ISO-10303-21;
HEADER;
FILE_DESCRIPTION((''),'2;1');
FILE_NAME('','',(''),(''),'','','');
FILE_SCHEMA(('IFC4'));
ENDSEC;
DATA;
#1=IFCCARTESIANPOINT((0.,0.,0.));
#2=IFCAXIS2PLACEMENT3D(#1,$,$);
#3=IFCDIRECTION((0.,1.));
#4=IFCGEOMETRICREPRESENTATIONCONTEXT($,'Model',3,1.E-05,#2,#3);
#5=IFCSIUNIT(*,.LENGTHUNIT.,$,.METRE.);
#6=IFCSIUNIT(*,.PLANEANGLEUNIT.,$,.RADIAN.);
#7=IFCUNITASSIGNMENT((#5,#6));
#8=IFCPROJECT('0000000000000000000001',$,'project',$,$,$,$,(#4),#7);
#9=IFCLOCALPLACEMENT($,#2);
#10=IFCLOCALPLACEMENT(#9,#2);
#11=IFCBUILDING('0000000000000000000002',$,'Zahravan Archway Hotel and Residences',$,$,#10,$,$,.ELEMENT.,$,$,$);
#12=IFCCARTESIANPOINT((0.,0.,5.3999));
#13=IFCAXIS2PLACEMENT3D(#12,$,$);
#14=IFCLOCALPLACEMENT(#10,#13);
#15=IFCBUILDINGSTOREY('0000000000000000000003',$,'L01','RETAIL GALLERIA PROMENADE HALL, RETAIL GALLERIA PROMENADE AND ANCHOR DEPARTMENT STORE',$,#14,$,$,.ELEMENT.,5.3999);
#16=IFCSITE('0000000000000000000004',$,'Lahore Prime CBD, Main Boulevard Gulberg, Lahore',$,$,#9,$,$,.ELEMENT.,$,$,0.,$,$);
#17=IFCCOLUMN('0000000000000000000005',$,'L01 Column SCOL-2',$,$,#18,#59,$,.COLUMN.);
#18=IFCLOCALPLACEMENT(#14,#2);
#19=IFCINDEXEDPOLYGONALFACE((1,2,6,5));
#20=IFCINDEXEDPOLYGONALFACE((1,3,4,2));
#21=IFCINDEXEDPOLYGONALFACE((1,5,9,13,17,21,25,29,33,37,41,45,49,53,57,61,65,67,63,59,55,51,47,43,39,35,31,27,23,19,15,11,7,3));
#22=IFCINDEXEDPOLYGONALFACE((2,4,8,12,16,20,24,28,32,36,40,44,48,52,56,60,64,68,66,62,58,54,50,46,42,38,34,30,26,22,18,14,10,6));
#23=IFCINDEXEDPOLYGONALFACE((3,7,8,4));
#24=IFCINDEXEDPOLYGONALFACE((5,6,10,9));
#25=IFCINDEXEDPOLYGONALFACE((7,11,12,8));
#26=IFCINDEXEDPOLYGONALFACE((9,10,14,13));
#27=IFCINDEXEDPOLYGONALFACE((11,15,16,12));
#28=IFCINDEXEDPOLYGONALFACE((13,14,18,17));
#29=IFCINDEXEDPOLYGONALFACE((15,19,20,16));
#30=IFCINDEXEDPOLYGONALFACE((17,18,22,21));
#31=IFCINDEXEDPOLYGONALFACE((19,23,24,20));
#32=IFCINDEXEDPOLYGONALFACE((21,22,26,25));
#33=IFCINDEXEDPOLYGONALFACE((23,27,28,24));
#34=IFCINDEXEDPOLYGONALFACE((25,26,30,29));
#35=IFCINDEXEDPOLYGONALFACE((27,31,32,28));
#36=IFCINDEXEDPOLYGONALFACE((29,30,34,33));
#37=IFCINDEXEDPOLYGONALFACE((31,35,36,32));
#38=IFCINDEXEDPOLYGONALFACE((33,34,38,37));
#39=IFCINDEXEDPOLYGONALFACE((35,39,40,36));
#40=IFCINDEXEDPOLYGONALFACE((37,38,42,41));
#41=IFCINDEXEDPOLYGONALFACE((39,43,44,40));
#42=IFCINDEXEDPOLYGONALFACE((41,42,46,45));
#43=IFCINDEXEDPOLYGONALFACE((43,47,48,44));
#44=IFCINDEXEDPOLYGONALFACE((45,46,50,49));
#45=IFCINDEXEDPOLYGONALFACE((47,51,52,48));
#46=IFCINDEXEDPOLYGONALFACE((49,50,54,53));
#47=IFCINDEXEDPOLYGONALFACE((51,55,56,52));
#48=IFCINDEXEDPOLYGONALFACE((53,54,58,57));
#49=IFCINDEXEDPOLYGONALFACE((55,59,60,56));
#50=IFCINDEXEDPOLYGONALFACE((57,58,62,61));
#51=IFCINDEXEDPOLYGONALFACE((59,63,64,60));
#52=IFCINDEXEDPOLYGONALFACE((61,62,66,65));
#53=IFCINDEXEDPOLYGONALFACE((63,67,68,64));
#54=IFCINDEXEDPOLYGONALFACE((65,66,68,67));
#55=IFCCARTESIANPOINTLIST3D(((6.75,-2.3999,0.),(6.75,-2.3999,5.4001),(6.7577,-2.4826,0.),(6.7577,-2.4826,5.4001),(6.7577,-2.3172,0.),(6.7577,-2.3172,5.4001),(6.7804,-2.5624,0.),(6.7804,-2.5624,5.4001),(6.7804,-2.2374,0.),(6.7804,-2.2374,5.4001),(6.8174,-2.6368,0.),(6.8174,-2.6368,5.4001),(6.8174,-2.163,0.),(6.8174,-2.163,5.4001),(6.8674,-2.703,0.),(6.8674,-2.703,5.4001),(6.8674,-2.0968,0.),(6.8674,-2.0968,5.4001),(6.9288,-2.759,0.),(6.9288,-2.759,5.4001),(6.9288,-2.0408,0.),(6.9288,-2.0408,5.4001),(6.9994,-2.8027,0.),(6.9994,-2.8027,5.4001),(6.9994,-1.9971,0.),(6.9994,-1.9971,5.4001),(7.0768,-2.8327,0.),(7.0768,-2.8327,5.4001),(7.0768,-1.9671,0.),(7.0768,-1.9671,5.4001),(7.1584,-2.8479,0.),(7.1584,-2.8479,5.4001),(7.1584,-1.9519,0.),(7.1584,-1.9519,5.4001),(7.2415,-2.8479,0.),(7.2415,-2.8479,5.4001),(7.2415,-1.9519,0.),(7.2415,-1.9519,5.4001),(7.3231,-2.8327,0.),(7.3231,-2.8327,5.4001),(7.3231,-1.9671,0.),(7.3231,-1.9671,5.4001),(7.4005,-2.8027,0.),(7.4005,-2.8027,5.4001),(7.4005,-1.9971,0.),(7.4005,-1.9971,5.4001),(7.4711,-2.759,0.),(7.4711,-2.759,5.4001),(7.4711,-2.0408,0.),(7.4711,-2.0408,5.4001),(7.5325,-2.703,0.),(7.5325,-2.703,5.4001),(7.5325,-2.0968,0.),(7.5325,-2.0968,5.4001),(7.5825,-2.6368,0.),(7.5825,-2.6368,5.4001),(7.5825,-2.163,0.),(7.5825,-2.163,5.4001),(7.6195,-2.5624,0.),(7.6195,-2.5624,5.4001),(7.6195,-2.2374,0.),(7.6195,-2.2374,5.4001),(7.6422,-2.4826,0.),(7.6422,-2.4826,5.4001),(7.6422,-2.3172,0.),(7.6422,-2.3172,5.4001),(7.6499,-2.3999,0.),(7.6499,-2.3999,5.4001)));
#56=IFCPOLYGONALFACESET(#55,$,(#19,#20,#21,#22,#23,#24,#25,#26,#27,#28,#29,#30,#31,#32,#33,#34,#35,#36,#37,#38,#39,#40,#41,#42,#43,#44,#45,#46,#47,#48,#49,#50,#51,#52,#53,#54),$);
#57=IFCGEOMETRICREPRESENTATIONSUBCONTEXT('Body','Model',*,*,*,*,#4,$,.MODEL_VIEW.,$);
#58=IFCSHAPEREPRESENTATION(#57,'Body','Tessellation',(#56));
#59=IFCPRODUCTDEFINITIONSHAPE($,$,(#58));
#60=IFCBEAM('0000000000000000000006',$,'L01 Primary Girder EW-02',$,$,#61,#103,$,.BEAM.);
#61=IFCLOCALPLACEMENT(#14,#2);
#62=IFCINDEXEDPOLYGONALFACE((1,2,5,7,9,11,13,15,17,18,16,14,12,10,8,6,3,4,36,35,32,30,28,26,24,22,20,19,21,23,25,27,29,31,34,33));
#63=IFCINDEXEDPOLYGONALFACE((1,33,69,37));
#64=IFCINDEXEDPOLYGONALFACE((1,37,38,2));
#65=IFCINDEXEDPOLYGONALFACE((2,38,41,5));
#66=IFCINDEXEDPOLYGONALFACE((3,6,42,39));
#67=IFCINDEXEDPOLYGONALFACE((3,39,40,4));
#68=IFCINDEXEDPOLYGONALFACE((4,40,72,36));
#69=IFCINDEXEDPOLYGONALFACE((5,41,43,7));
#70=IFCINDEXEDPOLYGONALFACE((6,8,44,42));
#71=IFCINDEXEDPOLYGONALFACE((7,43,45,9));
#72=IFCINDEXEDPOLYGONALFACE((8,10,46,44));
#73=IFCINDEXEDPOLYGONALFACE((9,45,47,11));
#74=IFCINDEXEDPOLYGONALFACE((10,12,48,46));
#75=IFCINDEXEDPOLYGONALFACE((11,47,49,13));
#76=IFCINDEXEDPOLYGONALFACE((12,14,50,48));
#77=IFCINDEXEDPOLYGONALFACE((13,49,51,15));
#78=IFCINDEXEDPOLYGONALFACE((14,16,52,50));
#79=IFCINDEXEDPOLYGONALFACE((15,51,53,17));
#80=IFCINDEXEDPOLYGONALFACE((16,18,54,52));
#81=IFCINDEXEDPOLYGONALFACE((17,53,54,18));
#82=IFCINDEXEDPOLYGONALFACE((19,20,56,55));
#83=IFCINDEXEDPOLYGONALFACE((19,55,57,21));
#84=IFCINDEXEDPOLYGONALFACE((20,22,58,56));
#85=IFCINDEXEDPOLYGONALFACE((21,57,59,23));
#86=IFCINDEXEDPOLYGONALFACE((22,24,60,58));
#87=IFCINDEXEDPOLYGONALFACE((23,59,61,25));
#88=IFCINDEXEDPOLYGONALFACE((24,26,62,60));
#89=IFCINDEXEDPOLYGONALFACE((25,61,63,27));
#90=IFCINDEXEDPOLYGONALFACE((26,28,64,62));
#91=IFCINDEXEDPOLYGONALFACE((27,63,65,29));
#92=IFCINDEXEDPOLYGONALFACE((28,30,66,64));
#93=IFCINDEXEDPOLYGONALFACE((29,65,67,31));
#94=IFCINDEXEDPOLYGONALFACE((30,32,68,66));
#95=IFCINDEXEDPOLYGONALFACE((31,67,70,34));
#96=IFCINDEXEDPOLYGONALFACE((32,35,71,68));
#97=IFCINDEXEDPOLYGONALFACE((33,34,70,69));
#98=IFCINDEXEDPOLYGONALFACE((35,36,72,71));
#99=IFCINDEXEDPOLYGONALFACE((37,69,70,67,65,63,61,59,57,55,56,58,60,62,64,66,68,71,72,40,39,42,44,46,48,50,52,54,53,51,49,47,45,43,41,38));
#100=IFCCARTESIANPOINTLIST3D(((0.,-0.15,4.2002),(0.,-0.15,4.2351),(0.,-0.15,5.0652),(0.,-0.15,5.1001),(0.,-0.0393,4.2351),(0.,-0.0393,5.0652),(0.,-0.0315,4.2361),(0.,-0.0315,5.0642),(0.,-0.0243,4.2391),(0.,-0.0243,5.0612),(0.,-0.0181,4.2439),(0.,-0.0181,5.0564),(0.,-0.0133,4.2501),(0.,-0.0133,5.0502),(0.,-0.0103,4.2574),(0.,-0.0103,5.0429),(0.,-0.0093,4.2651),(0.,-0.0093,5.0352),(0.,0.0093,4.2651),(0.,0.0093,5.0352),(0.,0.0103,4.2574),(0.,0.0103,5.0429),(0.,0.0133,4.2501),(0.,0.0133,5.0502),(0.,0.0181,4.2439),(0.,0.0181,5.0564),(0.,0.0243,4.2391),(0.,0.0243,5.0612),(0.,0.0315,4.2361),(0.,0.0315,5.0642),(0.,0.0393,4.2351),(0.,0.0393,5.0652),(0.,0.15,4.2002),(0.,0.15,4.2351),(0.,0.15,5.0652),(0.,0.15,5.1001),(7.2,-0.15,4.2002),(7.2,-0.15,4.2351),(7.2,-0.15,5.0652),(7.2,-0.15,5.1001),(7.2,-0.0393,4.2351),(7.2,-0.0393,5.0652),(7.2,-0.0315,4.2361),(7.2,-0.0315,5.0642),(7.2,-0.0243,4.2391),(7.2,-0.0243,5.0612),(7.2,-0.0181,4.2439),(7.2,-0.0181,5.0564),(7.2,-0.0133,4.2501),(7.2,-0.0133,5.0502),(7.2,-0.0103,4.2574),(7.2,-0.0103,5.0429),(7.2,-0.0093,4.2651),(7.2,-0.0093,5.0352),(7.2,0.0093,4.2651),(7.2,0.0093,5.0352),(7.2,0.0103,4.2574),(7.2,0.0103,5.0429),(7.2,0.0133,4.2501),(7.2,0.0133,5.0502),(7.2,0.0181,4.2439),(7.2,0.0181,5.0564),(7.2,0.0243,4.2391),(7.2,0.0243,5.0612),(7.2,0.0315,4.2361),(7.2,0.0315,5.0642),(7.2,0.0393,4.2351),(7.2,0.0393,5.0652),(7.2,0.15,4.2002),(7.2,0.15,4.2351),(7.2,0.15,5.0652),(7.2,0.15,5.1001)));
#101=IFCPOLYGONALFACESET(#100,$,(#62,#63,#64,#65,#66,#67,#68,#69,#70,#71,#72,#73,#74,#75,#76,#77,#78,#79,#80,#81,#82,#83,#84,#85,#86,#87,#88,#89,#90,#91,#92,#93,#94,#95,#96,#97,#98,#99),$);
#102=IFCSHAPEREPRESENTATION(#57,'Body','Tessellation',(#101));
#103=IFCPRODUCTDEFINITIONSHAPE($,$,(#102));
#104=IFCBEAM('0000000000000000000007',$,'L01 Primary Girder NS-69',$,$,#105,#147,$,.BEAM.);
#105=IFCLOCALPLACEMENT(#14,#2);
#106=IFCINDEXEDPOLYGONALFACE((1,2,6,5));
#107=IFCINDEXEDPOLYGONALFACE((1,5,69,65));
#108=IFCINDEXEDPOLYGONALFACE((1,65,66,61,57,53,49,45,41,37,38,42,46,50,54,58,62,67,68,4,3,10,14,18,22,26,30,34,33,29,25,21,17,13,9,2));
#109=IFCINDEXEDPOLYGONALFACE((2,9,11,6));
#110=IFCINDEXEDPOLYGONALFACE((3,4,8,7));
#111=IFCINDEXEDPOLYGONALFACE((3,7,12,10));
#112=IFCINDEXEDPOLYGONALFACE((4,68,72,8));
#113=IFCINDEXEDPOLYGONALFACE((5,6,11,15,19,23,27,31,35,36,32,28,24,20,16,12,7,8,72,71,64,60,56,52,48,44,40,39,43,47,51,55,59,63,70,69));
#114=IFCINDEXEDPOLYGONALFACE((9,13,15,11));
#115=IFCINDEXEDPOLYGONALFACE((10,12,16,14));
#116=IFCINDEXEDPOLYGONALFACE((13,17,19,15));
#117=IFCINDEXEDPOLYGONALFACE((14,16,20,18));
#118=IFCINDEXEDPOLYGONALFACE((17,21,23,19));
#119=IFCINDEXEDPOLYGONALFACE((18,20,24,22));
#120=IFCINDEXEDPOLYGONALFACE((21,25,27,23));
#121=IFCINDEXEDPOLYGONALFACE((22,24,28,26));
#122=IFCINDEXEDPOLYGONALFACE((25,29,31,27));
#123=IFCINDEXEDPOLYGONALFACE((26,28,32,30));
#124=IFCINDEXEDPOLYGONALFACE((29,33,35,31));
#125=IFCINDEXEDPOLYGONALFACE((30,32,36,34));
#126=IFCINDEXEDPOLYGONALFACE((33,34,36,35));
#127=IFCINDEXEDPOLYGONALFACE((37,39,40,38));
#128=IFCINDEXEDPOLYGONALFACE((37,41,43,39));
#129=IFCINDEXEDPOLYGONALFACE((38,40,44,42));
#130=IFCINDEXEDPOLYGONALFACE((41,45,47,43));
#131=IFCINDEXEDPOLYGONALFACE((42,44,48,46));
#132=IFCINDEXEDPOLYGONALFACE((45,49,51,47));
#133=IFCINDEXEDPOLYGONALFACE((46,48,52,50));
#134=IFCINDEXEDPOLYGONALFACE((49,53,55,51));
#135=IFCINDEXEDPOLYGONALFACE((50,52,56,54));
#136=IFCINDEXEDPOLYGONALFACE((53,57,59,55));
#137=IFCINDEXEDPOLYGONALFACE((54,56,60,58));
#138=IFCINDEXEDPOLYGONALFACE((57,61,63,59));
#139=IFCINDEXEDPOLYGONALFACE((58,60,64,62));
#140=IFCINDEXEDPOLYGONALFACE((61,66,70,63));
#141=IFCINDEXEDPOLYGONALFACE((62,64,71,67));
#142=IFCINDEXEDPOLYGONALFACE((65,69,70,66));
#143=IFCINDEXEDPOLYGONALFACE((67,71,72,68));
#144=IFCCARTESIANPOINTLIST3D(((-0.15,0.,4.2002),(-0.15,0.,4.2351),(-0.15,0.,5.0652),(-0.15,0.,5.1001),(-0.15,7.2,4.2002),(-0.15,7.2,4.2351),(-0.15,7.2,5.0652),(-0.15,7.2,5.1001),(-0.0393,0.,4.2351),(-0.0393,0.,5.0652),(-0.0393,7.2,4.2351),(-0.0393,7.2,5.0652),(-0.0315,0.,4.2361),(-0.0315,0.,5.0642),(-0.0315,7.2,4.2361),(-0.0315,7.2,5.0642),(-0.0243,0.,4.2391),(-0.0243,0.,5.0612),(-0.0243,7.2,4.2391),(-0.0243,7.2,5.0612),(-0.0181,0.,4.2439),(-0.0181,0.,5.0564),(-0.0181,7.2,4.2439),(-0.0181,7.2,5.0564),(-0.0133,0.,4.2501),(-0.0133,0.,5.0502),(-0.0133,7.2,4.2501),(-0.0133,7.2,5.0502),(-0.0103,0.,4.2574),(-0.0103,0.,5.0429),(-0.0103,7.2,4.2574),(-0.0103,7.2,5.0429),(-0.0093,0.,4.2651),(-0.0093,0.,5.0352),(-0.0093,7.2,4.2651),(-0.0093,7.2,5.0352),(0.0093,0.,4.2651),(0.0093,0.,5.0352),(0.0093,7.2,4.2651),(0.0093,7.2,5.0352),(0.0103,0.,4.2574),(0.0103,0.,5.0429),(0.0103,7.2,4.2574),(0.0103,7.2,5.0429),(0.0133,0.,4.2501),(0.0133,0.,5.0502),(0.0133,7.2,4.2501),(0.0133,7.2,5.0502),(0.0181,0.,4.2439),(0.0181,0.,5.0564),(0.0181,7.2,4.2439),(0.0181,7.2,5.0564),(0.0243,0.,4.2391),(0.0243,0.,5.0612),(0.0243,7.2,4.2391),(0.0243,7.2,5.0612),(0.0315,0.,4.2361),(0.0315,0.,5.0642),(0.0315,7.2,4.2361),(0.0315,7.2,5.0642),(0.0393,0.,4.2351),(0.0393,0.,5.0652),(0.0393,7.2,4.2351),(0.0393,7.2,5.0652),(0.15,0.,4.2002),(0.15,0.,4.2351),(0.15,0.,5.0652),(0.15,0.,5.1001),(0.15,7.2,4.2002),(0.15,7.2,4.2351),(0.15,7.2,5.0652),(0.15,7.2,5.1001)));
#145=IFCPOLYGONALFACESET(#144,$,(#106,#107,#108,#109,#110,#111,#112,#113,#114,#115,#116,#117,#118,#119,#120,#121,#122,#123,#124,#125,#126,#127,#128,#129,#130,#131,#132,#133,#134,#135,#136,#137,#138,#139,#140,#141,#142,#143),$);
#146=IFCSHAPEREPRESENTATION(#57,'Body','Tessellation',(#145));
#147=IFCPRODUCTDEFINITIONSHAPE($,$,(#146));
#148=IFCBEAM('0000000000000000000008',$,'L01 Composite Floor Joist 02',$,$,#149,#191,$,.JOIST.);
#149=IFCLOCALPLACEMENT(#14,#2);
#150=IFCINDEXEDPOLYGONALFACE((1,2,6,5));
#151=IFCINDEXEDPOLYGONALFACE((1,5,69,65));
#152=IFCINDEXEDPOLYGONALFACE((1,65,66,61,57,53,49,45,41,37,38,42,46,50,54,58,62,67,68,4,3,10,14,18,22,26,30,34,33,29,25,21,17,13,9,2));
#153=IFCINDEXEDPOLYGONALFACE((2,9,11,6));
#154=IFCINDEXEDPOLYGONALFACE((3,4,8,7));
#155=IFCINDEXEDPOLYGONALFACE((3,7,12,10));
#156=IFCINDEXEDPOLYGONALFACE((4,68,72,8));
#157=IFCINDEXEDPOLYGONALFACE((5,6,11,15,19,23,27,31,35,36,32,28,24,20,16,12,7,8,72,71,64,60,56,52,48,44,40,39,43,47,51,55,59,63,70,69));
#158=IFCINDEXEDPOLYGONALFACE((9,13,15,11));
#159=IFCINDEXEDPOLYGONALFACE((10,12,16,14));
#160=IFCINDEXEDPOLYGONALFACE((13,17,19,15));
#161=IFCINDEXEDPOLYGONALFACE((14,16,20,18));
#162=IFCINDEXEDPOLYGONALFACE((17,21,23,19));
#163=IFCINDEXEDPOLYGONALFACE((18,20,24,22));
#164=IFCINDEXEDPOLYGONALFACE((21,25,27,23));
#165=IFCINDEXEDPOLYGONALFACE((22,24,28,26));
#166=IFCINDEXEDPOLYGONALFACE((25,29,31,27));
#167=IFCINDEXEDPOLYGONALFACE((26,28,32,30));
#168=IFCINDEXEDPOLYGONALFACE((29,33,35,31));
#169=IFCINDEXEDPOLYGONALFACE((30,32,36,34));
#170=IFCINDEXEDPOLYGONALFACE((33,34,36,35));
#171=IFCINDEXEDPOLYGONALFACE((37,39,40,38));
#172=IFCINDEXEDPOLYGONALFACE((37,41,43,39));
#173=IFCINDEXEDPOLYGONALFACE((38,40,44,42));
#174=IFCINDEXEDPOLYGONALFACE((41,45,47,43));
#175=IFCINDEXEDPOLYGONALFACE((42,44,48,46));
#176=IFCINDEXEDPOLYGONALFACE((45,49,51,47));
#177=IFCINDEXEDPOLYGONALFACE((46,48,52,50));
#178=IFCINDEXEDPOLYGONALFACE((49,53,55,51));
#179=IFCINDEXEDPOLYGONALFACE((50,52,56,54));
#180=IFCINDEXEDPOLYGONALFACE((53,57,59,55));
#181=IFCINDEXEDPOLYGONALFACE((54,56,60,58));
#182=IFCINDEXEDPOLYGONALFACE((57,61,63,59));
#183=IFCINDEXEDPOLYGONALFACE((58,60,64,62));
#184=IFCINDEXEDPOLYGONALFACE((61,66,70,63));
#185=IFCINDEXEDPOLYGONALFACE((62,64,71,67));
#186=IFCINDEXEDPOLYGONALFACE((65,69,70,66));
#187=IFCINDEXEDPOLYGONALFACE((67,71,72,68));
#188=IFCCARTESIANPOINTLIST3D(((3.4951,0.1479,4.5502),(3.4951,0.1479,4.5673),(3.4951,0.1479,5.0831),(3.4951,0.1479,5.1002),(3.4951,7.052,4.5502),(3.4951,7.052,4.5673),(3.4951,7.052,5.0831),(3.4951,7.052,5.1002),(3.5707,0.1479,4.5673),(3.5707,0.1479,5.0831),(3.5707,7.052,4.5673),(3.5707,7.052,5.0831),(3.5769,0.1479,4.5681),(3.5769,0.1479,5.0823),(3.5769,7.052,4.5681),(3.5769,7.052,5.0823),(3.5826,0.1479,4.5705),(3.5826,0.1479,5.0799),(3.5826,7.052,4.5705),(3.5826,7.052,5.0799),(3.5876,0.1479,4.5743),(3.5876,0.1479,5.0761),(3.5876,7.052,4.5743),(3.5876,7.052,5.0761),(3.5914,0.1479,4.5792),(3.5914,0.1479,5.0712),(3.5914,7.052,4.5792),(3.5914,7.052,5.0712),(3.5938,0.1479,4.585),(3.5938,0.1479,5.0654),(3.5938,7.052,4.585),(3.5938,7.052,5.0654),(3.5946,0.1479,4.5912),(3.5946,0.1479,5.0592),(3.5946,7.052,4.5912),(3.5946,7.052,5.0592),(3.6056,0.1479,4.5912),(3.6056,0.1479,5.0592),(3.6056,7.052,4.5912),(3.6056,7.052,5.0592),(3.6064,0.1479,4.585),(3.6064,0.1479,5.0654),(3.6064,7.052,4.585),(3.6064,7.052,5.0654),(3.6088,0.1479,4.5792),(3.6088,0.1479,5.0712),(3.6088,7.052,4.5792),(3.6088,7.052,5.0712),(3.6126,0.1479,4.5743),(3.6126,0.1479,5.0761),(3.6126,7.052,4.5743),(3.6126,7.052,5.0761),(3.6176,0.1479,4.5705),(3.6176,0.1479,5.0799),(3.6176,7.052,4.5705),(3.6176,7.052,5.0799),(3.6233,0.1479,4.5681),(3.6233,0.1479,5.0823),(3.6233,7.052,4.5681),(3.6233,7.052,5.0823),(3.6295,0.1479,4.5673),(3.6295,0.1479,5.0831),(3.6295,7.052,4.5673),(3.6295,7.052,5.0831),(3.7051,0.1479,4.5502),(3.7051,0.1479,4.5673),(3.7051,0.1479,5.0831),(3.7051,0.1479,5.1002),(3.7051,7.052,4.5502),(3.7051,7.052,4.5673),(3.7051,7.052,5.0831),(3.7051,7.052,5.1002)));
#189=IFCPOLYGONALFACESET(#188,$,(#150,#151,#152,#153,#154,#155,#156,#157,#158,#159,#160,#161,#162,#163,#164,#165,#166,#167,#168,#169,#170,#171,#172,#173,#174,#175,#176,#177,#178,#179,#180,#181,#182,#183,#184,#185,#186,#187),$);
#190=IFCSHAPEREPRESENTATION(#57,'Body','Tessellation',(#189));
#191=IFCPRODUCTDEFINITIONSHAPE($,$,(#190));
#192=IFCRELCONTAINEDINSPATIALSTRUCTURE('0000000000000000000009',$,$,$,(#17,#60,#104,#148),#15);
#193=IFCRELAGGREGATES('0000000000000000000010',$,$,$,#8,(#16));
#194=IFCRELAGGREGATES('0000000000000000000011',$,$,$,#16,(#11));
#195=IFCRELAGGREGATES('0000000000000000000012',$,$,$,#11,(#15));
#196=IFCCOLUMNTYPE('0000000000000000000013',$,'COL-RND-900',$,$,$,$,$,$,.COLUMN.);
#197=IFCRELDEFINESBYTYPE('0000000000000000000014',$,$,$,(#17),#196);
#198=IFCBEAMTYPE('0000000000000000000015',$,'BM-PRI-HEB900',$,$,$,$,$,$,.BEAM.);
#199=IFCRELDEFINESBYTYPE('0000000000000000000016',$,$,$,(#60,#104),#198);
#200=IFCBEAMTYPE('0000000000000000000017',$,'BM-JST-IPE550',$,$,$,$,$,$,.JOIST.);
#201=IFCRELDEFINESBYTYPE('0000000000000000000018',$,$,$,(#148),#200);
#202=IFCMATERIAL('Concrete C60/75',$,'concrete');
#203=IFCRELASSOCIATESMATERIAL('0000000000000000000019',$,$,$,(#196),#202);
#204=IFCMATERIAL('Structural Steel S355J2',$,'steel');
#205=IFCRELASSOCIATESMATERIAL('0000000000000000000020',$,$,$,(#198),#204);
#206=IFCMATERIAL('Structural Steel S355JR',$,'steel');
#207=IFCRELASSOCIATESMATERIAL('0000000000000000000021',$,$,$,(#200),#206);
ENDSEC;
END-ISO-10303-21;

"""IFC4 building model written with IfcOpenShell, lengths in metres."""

from ifc_helpers import new_model, si_unit, direction, frame, origin, origin_2d, place, context, subcontext, project, spatial, circle, i_section, extrude, source, transform, mapped, material, material_profile, profile_set, type_object, type_shapes, element, save


model = new_model("IFC4")

# Units and contexts
model_context = context("Model", 3, precision=1e-05, world=origin(), true_north=direction((0.0, 1.0)))
body_context = subcontext(model_context, "Body", "Model", "MODEL_VIEW")
ifc_project = project(units=[si_unit("LENGTHUNIT", "METRE"), si_unit("PLANEANGLEUNIT", "RADIAN")], contexts=[model_context])

# Site, building, storey
site_placement = place(None, origin())
site = spatial("IfcSite", under=ifc_project, at=site_placement, Name="Lahore Prime CBD, Main Boulevard Gulberg, Lahore", CompositionType="ELEMENT", RefElevation=0.0)
building_placement = place(site_placement, origin())
building = spatial("IfcBuilding", under=site, at=building_placement, Name="Zahravan Archway Hotel and Residences", CompositionType="ELEMENT")
storey_placement = place(building_placement, frame((0.0, 0.0, 5.3999)))
storey = spatial("IfcBuildingStorey", under=building, at=storey_placement, Name="L01", Description="RETAIL GALLERIA PROMENADE HALL, RETAIL GALLERIA PROMENADE AND ANCHOR DEPARTMENT STORE", CompositionType="ELEMENT", Elevation=5.3999)

# Column
ifc_material_1 = material(Name="Concrete C60/75", Category="concrete")
ifc_material_profile_1 = material_profile(ifc_material_1, circle(Radius=0.45, at=origin_2d()), Name="RC-CIRC-900", Category="concrete")
ifc_profile_set_1 = profile_set([ifc_material_profile_1], Name="Concrete C60/75")
column_type = type_object("IfcColumnType", Name="COL-RND-900", PredefinedType="COLUMN", material=ifc_profile_set_1)
shared_shape_1 = source(origin(), body_context, "Body", "SweptSolid", [
    extrude(circle(Radius=0.45, at=origin_2d()), origin(), (0.0, 0.0, 1.0), 5.4001),
])
column_placement = place(storey_placement, frame((7.2, -2.3999, 0.0), z_axis=(0.0, 0.0, 1.0), x_axis=(1.0, 0.0, 0.0)))
element("IfcColumn", 1, at=column_placement, inside=storey, type_object=column_type, Name="L01 Column SCOL-2", PredefinedType="COLUMN", context=body_context, shape_type="MappedRepresentation", body=[
    mapped(shared_shape_1, transform((0.0, 0.0, 0.0), scale=1.0)),
])

# Beams
ifc_material_2 = material(Name="Structural Steel S355J2", Category="steel")
ifc_material_profile_2 = material_profile(ifc_material_2, i_section(OverallWidth=0.3, OverallDepth=0.8999, WebThickness=0.0186, FlangeThickness=0.0349, FilletRadius=0.03, at=origin_2d()), Name="HEB 900", Category="steel")
ifc_profile_set_2 = profile_set([ifc_material_profile_2], Name="Structural Steel S355J2")
beam_type_1 = type_object("IfcBeamType", Name="BM-PRI-HEB900", PredefinedType="BEAM", material=ifc_profile_set_2)
shared_shape_2 = source(origin(), body_context, "Body", "SweptSolid", [
    extrude(i_section(OverallWidth=0.3, OverallDepth=0.8999, WebThickness=0.0186, FlangeThickness=0.0349, FilletRadius=0.03, at=origin_2d()), origin(), (0.0, 0.0, 1.0), 7.2),
])
for number, where, z_axis, x_axis, name in (
    (2, (0.0, 0.0, 4.6501), (1.0, 0.0, 0.0), (0.0, 1.0, 0.0), "L01 Primary Girder EW-02"),
    (3, (0.0, 0.0, 4.6501), (0.0, 1.0, 0.0), (-1.0, 0.0, 0.0), "L01 Primary Girder NS-69"),
):
    element("IfcBeam", number, at=place(storey_placement, frame(where, z_axis=z_axis, x_axis=x_axis)), inside=storey, type_object=beam_type_1, Name=name, PredefinedType="BEAM", context=body_context, shape_type="MappedRepresentation", body=[
        mapped(shared_shape_2, transform((0.0, 0.0, 0.0), scale=1.0)),
    ])
ifc_material_3 = material(Name="Structural Steel S355JR", Category="steel")
ifc_material_profile_3 = material_profile(ifc_material_3, i_section(OverallWidth=0.21, OverallDepth=0.55, WebThickness=0.011, FlangeThickness=0.0171, FilletRadius=0.0239, at=origin_2d()), Name="IPE 550", Category="steel")
ifc_profile_set_3 = profile_set([ifc_material_profile_3], Name="Structural Steel S355JR")
beam_type_2 = type_object("IfcBeamType", Name="BM-JST-IPE550", PredefinedType="JOIST", material=ifc_profile_set_3)
shared_shape_3 = source(origin(), body_context, "Body", "SweptSolid", [
    extrude(i_section(OverallWidth=0.21, OverallDepth=0.55, WebThickness=0.011, FlangeThickness=0.0171, FilletRadius=0.0239, at=origin_2d()), origin(), (0.0, 0.0, 1.0), 6.9041),
])
type_shapes(beam_type_2, [shared_shape_3])
beam_1_placement = place(storey_placement, frame((3.6001, 0.1479, 4.8252), z_axis=(0.0, 1.0, 0.0), x_axis=(-1.0, 0.0, 0.0)))
element("IfcBeam", 4, at=beam_1_placement, inside=storey, type_object=beam_type_2, Name="L01 Composite Floor Joist 02", PredefinedType="JOIST", context=body_context, shape_type="MappedRepresentation", body=[
    mapped(shared_shape_3, transform((0.0, 0.0, 0.0), scale=1.0)),
])

save(model, "model.ifc")
